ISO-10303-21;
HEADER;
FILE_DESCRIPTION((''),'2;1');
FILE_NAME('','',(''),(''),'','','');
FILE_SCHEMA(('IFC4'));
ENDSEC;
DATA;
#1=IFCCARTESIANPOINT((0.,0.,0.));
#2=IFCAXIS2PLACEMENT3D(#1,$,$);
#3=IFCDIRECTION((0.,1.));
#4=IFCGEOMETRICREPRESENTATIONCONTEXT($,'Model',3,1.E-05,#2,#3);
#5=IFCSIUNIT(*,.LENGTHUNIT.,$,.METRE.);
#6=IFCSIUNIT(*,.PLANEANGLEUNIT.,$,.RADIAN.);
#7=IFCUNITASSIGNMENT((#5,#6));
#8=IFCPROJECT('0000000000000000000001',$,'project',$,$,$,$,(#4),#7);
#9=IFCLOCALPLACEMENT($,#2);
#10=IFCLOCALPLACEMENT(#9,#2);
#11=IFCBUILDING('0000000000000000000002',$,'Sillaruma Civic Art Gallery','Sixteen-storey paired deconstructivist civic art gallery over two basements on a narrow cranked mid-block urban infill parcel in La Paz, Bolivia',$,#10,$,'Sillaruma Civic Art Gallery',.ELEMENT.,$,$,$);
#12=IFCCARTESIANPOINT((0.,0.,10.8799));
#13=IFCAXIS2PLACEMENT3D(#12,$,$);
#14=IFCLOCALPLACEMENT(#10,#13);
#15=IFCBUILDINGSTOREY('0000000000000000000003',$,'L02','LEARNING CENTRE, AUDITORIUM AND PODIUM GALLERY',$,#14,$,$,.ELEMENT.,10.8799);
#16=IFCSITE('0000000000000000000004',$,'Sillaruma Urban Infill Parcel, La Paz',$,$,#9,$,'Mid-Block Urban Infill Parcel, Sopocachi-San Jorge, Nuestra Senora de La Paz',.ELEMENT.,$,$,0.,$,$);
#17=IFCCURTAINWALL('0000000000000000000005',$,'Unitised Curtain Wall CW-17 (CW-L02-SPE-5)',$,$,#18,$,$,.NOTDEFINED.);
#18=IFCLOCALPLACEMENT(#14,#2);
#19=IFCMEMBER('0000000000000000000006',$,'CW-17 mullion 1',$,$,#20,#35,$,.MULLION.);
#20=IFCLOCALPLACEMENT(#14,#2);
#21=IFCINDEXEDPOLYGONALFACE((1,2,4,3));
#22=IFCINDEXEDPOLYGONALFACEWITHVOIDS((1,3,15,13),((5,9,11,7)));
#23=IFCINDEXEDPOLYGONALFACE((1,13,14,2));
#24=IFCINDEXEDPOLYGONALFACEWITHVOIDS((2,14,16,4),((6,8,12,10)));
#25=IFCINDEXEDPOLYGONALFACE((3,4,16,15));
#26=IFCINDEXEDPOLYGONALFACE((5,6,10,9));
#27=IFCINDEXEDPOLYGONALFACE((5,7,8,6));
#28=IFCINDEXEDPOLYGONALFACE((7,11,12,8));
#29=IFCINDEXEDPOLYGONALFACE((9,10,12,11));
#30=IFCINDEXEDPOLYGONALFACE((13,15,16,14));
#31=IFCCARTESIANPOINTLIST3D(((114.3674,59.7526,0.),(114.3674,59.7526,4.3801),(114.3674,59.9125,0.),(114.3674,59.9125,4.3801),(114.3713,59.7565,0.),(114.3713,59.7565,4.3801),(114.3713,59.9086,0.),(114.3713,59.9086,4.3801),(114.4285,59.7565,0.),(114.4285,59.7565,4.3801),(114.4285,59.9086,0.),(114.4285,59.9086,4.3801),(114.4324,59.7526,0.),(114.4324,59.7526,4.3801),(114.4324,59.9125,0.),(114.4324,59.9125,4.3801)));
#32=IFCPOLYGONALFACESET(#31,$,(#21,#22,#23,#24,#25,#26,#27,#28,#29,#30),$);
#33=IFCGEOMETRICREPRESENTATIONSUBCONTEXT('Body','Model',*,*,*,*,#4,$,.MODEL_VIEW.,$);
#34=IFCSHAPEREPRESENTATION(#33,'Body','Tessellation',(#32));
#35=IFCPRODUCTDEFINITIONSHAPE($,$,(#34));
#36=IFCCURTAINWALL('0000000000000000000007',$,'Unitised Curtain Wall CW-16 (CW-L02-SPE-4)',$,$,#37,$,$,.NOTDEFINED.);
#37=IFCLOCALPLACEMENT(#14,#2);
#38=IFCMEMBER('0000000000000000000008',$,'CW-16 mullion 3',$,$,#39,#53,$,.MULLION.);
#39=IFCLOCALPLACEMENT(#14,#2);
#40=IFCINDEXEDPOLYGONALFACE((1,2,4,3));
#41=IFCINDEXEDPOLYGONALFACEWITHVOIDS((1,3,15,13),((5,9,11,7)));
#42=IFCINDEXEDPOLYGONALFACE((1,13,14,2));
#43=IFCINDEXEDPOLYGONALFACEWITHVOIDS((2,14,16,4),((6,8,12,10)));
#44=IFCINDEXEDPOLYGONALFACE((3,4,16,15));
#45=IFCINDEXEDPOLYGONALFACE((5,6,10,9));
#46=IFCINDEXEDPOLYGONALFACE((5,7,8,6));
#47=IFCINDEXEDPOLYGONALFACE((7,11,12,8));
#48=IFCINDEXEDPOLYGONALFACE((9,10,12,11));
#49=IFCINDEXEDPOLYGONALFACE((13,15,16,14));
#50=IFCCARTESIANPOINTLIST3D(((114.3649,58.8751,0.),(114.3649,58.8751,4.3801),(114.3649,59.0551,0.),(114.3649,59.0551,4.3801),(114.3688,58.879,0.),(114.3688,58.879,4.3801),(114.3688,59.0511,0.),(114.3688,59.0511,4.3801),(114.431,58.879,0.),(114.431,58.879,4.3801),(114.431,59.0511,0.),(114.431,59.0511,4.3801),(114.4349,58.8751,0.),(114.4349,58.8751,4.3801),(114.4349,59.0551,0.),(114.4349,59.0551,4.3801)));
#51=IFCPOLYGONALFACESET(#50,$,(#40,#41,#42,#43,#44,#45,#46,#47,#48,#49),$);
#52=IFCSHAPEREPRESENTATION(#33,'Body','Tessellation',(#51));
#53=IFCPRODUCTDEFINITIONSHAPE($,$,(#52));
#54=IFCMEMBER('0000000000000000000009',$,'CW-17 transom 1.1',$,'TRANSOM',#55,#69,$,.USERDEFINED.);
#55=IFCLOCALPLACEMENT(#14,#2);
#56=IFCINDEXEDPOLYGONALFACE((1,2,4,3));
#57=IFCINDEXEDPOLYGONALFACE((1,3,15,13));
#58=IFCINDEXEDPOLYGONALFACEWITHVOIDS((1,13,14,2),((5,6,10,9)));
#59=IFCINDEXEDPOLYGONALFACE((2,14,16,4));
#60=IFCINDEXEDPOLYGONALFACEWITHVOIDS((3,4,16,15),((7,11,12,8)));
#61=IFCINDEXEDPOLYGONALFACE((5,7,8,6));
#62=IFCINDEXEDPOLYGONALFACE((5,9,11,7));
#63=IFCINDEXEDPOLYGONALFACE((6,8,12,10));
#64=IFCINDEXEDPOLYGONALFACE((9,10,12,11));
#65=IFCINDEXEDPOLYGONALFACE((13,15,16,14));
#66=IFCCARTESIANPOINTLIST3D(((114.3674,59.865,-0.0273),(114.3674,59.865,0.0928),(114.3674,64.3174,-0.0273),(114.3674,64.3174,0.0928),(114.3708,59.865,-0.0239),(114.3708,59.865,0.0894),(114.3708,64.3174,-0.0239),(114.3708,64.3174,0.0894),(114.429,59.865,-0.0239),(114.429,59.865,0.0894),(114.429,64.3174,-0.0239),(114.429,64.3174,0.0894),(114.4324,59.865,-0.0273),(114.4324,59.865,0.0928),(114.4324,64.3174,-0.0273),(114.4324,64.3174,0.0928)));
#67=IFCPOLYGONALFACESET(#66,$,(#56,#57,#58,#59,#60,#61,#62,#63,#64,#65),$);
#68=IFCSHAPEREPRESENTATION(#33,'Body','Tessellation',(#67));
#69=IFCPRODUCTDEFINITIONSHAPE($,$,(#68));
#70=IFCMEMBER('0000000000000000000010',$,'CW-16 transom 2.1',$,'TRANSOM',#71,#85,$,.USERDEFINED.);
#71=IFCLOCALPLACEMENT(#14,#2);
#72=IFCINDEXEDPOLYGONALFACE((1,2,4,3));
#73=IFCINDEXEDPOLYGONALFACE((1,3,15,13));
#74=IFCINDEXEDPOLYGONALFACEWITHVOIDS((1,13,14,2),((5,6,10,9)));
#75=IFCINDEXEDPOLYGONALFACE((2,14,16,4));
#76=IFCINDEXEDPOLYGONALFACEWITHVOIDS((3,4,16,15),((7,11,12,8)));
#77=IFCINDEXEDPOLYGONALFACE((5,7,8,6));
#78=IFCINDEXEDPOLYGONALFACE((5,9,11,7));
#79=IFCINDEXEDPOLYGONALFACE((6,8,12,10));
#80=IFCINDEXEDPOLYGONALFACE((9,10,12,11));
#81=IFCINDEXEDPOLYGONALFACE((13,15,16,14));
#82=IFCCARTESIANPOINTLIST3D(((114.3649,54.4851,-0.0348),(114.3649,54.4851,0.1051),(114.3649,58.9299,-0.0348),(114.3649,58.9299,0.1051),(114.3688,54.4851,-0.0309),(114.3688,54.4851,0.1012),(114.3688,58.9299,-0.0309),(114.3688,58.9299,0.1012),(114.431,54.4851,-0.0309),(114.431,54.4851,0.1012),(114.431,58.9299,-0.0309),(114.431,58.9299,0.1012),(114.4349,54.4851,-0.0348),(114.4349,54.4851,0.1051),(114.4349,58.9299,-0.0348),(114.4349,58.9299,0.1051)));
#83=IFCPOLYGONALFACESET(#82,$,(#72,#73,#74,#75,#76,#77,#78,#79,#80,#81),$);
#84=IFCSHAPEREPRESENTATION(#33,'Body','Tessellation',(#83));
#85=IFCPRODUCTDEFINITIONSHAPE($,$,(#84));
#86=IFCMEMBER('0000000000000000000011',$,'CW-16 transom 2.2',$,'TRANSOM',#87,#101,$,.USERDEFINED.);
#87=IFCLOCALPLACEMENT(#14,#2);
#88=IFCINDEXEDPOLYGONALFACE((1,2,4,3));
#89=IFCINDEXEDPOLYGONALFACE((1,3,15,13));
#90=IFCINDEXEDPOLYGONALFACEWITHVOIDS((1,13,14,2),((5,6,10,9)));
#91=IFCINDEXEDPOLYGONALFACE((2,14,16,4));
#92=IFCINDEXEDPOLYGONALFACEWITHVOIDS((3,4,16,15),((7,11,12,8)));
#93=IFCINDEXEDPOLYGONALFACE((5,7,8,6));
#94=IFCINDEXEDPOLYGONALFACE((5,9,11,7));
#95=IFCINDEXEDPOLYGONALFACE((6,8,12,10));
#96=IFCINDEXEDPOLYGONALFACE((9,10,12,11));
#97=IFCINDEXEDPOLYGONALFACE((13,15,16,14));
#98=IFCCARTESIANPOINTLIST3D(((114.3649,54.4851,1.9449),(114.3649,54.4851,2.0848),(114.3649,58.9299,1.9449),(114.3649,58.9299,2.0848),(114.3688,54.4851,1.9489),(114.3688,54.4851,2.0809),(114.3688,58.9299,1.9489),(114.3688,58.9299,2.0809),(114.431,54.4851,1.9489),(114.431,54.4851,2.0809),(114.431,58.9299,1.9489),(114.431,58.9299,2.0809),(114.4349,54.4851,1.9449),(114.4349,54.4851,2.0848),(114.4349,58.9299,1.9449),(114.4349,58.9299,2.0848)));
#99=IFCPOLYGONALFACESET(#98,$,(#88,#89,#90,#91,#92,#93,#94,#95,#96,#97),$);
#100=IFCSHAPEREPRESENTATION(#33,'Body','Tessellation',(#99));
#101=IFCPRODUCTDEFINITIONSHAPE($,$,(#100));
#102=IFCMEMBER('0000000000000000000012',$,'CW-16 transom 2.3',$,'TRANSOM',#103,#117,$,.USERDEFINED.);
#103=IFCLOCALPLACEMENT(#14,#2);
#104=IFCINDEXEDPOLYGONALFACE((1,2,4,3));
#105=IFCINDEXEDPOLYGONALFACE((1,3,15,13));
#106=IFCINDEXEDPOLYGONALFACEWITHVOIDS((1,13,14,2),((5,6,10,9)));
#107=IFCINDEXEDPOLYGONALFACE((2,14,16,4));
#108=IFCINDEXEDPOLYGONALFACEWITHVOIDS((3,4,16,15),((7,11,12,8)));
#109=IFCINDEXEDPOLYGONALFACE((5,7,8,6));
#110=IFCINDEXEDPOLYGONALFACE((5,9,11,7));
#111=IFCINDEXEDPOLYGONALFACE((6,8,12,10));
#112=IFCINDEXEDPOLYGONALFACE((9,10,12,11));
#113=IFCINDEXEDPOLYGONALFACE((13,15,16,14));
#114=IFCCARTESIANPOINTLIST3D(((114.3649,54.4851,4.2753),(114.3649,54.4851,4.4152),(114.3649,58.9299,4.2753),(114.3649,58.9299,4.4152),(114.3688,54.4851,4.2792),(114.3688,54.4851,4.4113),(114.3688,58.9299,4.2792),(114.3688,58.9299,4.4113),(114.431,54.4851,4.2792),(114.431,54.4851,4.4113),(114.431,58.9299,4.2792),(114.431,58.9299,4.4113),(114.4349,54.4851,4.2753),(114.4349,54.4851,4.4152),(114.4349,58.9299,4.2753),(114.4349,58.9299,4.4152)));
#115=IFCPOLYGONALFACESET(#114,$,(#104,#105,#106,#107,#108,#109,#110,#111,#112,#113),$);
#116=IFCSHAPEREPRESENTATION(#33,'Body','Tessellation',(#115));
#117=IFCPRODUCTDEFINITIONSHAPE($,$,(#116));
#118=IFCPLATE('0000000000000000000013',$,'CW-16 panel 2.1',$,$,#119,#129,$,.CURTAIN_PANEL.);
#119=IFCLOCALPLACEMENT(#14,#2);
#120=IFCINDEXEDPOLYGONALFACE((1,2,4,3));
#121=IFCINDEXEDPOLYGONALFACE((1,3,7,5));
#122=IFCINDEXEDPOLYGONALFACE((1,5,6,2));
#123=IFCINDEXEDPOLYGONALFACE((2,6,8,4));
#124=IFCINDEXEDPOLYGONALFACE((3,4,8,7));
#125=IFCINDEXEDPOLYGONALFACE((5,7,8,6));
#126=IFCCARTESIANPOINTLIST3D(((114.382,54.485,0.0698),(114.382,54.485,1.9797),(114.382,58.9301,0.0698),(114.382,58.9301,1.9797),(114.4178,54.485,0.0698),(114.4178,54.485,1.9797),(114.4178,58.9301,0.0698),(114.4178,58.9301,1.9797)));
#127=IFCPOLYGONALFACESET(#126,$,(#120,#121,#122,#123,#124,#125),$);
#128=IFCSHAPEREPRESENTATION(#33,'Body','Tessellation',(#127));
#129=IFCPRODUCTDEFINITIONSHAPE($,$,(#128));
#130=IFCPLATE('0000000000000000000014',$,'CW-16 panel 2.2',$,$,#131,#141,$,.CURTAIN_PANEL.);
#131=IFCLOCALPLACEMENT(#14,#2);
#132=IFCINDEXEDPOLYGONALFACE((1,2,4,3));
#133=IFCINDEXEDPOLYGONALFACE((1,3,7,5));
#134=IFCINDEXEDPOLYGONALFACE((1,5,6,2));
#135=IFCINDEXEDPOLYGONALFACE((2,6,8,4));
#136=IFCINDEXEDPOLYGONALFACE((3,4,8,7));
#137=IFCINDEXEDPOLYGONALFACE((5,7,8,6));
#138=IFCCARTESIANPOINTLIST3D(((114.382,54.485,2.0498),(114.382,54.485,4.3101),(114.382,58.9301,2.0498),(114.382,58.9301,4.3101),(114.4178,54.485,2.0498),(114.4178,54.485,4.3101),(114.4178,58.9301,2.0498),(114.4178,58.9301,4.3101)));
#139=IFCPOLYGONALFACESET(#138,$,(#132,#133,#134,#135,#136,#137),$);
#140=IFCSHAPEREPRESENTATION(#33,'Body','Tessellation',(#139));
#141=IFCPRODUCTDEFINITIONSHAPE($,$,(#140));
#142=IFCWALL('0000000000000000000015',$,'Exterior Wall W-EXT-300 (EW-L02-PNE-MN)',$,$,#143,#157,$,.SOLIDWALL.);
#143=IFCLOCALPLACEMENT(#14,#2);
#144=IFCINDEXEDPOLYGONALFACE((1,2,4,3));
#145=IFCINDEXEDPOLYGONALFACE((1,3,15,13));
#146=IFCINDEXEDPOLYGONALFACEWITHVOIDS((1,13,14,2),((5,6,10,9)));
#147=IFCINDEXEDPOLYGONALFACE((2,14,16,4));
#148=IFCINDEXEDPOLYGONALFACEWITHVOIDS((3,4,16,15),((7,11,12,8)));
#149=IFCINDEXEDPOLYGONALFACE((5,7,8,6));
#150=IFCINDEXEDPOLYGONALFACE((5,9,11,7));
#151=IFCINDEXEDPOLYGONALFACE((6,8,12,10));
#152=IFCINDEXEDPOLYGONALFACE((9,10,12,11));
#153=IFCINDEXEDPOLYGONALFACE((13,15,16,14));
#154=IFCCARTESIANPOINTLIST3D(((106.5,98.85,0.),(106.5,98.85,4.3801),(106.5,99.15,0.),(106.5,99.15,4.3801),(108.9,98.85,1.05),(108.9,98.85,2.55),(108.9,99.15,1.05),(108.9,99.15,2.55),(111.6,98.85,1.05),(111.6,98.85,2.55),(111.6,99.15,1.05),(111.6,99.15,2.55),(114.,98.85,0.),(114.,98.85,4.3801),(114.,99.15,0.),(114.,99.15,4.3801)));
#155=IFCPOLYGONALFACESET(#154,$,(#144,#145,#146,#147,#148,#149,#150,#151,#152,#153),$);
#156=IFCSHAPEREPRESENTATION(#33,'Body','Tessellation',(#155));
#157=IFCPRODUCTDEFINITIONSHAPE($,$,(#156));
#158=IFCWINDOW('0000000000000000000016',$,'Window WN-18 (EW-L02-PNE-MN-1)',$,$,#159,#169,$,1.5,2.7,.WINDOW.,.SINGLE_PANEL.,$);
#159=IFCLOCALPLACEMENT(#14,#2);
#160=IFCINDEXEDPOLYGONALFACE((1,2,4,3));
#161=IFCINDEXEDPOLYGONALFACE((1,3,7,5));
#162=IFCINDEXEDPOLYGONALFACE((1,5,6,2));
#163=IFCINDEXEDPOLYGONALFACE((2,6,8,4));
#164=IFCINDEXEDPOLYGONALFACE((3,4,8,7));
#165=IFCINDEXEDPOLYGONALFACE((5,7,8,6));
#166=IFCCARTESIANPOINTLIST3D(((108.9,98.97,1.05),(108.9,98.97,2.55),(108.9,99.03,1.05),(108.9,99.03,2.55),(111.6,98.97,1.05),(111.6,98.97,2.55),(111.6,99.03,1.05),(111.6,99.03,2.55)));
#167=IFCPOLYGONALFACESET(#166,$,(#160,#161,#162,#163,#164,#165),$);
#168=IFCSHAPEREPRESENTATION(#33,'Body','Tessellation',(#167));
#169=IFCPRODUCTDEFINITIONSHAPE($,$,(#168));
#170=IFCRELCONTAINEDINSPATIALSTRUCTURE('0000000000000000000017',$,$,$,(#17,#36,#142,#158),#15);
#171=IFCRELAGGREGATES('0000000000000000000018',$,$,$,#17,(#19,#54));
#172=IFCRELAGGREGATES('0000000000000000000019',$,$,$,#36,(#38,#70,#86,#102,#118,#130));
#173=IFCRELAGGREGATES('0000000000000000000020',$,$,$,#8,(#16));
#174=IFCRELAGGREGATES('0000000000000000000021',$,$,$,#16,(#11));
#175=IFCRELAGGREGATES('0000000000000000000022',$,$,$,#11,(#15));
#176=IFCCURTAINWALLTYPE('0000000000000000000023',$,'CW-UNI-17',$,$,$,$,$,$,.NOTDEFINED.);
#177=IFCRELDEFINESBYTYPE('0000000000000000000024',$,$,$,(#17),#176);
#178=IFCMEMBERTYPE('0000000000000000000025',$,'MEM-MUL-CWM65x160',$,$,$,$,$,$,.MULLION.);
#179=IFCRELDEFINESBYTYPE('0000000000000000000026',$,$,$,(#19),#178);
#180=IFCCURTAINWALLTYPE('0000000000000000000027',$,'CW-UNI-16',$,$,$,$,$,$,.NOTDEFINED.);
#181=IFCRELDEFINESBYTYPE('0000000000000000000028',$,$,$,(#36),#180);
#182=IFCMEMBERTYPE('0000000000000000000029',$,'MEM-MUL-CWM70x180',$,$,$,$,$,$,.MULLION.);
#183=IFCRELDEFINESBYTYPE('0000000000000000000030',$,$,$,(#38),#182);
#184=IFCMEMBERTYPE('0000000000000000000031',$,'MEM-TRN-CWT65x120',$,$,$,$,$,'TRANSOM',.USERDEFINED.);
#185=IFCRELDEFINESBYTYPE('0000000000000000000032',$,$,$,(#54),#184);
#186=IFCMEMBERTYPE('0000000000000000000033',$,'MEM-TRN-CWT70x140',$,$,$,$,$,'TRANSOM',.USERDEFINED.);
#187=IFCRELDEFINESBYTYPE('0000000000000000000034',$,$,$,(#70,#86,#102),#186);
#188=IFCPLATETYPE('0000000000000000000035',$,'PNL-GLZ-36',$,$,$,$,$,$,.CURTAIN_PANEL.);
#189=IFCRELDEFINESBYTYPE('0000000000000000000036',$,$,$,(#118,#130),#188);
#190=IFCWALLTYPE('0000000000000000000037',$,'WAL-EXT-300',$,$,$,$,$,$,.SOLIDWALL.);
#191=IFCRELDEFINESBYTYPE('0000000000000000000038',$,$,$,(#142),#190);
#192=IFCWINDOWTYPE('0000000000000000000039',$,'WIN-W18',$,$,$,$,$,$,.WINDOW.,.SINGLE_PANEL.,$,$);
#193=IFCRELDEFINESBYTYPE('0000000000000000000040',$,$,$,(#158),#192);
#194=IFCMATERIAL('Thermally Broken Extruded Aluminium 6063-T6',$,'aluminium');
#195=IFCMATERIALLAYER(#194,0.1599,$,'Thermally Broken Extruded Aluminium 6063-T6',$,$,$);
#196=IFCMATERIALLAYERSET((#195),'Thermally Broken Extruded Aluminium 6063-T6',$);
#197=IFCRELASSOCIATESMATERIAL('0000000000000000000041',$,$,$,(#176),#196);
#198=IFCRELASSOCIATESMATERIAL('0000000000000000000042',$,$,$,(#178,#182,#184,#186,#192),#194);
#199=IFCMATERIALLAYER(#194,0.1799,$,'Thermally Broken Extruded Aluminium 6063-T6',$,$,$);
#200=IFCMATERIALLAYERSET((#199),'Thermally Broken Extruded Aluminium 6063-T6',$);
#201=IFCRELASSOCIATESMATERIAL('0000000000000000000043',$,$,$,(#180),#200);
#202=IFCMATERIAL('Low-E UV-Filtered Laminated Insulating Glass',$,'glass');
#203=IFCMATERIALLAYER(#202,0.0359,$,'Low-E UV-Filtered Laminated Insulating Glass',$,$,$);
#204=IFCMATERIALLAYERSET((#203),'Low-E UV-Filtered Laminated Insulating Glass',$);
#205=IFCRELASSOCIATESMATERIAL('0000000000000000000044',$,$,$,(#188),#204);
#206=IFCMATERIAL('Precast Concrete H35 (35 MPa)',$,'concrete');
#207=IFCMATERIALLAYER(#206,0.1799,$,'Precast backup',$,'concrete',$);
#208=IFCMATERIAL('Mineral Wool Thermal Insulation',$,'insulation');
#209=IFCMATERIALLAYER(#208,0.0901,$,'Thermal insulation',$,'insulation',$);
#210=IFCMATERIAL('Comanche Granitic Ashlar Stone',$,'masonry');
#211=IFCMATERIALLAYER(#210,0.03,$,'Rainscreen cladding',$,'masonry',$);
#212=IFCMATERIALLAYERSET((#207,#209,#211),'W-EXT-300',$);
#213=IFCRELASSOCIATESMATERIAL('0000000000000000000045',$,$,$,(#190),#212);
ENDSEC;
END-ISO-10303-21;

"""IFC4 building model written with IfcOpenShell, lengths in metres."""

from ifc_helpers import new_model, si_unit, direction, frame, frame_2d, origin, origin_2d, place, context, subcontext, project, spatial, rectangle, hollow_rectangle, extrude, material, layer, layer_set, material_profile, profile_set, type_object, element, fill, aggregate, save


model = new_model("IFC4")

# Units and contexts
model_context = context("Model", 3, precision=1e-05, world=origin(), true_north=direction((0.0, 1.0)))
body_context = subcontext(model_context, "Body", "Model", "MODEL_VIEW")
ifc_project = project(units=[si_unit("LENGTHUNIT", "METRE"), si_unit("PLANEANGLEUNIT", "RADIAN")], contexts=[model_context])

# Site, building, storey
site_placement = place(None, origin())
site = spatial("IfcSite", under=ifc_project, at=site_placement, Name="Sillaruma Urban Infill Parcel, La Paz", LongName="Mid-Block Urban Infill Parcel, Sopocachi-San Jorge, Nuestra Senora de La Paz", CompositionType="ELEMENT", RefElevation=0.0)
building_placement = place(site_placement, origin())
building = spatial("IfcBuilding", under=site, at=building_placement, Name="Sillaruma Civic Art Gallery", Description="Sixteen-storey paired deconstructivist civic art gallery over two basements on a narrow cranked mid-block urban infill parcel in La Paz, Bolivia", LongName="Sillaruma Civic Art Gallery", CompositionType="ELEMENT")
storey_placement = place(building_placement, frame((0.0, 0.0, 10.8799)))
storey = spatial("IfcBuildingStorey", under=building, at=storey_placement, Name="L02", Description="LEARNING CENTRE, AUDITORIUM AND PODIUM GALLERY", CompositionType="ELEMENT", Elevation=10.8799)

# Curtain walls, members
ifc_material_1 = material(Name="Thermally Broken Extruded Aluminium 6063-T6", Category="aluminium")
ifc_layer_1 = layer(ifc_material_1, 0.1599, Name="Thermally Broken Extruded Aluminium 6063-T6")
ifc_layer_set_1 = layer_set([ifc_layer_1], Name="Thermally Broken Extruded Aluminium 6063-T6")
curtain_wall_type_1 = type_object("IfcCurtainWallType", Name="CW-UNI-17", PredefinedType="NOTDEFINED", material=ifc_layer_set_1)
curtain_wall_1_placement = place(storey_placement, origin())
curtain_wall_1 = element("IfcCurtainWall", 1, at=curtain_wall_1_placement, inside=storey, type_object=curtain_wall_type_1, Name="Unitised Curtain Wall CW-17 (CW-L02-SPE-5)", PredefinedType="NOTDEFINED")
ifc_material_profile_1 = material_profile(ifc_material_1, hollow_rectangle(XDim=0.0649, YDim=0.1599, WallThickness=0.0039, at=origin_2d()), Name="CWM65x160")
ifc_profile_set_1 = profile_set([ifc_material_profile_1], Name="Thermally Broken Extruded Aluminium 6063-T6")
member_type_1 = type_object("IfcMemberType", Name="MEM-MUL-CWM65x160", PredefinedType="MULLION", material=ifc_profile_set_1)
member_1_placement = place(storey_placement, frame((114.3999, 59.8325, 0.0), z_axis=(0.0, 0.0, 1.0), x_axis=(-1.0, 0.0, 0.0)))
member_1 = element("IfcMember", 2, at=member_1_placement, type_object=member_type_1, Name="CW-17 mullion 1", PredefinedType="MULLION", context=body_context, shape_type="SweptSolid", body=[
    extrude(hollow_rectangle(XDim=0.0649, YDim=0.1599, WallThickness=0.0039, at=origin_2d()), origin(), (0.0, 0.0, 1.0), 4.3801),
])
ifc_layer_2 = layer(ifc_material_1, 0.1799, Name="Thermally Broken Extruded Aluminium 6063-T6")
ifc_layer_set_2 = layer_set([ifc_layer_2], Name="Thermally Broken Extruded Aluminium 6063-T6")
curtain_wall_type_2 = type_object("IfcCurtainWallType", Name="CW-UNI-16", PredefinedType="NOTDEFINED", material=ifc_layer_set_2)
curtain_wall_2_placement = place(storey_placement, origin())
curtain_wall_2 = element("IfcCurtainWall", 3, at=curtain_wall_2_placement, inside=storey, type_object=curtain_wall_type_2, Name="Unitised Curtain Wall CW-16 (CW-L02-SPE-4)", PredefinedType="NOTDEFINED")
ifc_material_profile_2 = material_profile(ifc_material_1, hollow_rectangle(XDim=0.0701, YDim=0.1799, WallThickness=0.0039, at=origin_2d()), Name="CWM70x180")
ifc_profile_set_2 = profile_set([ifc_material_profile_2], Name="Thermally Broken Extruded Aluminium 6063-T6")
member_type_2 = type_object("IfcMemberType", Name="MEM-MUL-CWM70x180", PredefinedType="MULLION", material=ifc_profile_set_2)
member_2_placement = place(storey_placement, frame((114.3999, 58.9651, 0.0), z_axis=(0.0, 0.0, 1.0), x_axis=(-1.0, 0.0, 0.0)))
member_2 = element("IfcMember", 4, at=member_2_placement, type_object=member_type_2, Name="CW-16 mullion 3", PredefinedType="MULLION", context=body_context, shape_type="SweptSolid", body=[
    extrude(hollow_rectangle(XDim=0.0701, YDim=0.1799, WallThickness=0.0039, at=origin_2d()), origin(), (0.0, 0.0, 1.0), 4.3801),
])

# Members
ifc_material_profile_3 = material_profile(ifc_material_1, hollow_rectangle(XDim=0.0649, YDim=0.1201, WallThickness=0.0034, at=origin_2d()), Name="CWT65x120")
ifc_profile_set_3 = profile_set([ifc_material_profile_3], Name="Thermally Broken Extruded Aluminium 6063-T6")
member_type_3 = type_object("IfcMemberType", Name="MEM-TRN-CWT65x120", ElementType="TRANSOM", PredefinedType="USERDEFINED", material=ifc_profile_set_3)
member_3_placement = place(storey_placement, frame((114.3999, 59.865, 0.0327), z_axis=(0.0, 1.0, 0.0), x_axis=(-1.0, 0.0, 0.0)))
member_3 = element("IfcMember", 5, at=member_3_placement, type_object=member_type_3, Name="CW-17 transom 1.1", ObjectType="TRANSOM", PredefinedType="USERDEFINED", context=body_context, shape_type="SweptSolid", body=[
    extrude(hollow_rectangle(XDim=0.0649, YDim=0.1201, WallThickness=0.0034, at=origin_2d()), origin(), (0.0, 0.0, 1.0), 4.4524),
])
aggregate(curtain_wall_1, [member_1, member_3])
ifc_material_profile_4 = material_profile(ifc_material_1, hollow_rectangle(XDim=0.0701, YDim=0.1399, WallThickness=0.0039, at=origin_2d()), Name="CWT70x140")
ifc_profile_set_4 = profile_set([ifc_material_profile_4], Name="Thermally Broken Extruded Aluminium 6063-T6")
member_type_4 = type_object("IfcMemberType", Name="MEM-TRN-CWT70x140", ElementType="TRANSOM", PredefinedType="USERDEFINED", material=ifc_profile_set_4)
member_4_placement = place(storey_placement, frame((114.3999, 54.4851, 0.0352), z_axis=(0.0, 1.0, 0.0), x_axis=(-1.0, 0.0, 0.0)))
member_4 = element("IfcMember", 6, at=member_4_placement, type_object=member_type_4, Name="CW-16 transom 2.1", ObjectType="TRANSOM", PredefinedType="USERDEFINED", context=body_context, shape_type="SweptSolid", body=[
    extrude(hollow_rectangle(XDim=0.0701, YDim=0.1399, WallThickness=0.0039, at=origin_2d()), origin(), (0.0, 0.0, 1.0), 4.4448),
])
member_5_placement = place(storey_placement, frame((114.3999, 54.4851, 2.0149), z_axis=(0.0, 1.0, 0.0), x_axis=(-1.0, 0.0, 0.0)))
member_5 = element("IfcMember", 7, at=member_5_placement, type_object=member_type_4, Name="CW-16 transom 2.2", ObjectType="TRANSOM", PredefinedType="USERDEFINED", context=body_context, shape_type="SweptSolid", body=[
    extrude(hollow_rectangle(XDim=0.0701, YDim=0.1399, WallThickness=0.0039, at=origin_2d()), origin(), (0.0, 0.0, 1.0), 4.4448),
])
member_6_placement = place(storey_placement, frame((114.3999, 54.4851, 4.3452), z_axis=(0.0, 1.0, 0.0), x_axis=(-1.0, 0.0, 0.0)))
member_6 = element("IfcMember", 8, at=member_6_placement, type_object=member_type_4, Name="CW-16 transom 2.3", ObjectType="TRANSOM", PredefinedType="USERDEFINED", context=body_context, shape_type="SweptSolid", body=[
    extrude(hollow_rectangle(XDim=0.0701, YDim=0.1399, WallThickness=0.0039, at=origin_2d()), origin(), (0.0, 0.0, 1.0), 4.4448),
])

# Plates
ifc_material_2 = material(Name="Low-E UV-Filtered Laminated Insulating Glass", Category="glass")
ifc_layer_3 = layer(ifc_material_2, 0.0359, Name="Low-E UV-Filtered Laminated Insulating Glass")
ifc_layer_set_3 = layer_set([ifc_layer_3], Name="Low-E UV-Filtered Laminated Insulating Glass")
plate_type = type_object("IfcPlateType", Name="PNL-GLZ-36", PredefinedType="CURTAIN_PANEL", material=ifc_layer_set_3)
plate_1_placement = place(storey_placement, frame((114.3999, 56.7075, 0.0698), z_axis=(0.0, 0.0, 1.0), x_axis=(0.0, 1.0, 0.0)))
plate_1 = element("IfcPlate", 9, at=plate_1_placement, type_object=plate_type, Name="CW-16 panel 2.1", PredefinedType="CURTAIN_PANEL", context=body_context, shape_type="SweptSolid", body=[
    extrude(rectangle(XDim=4.4451, YDim=0.0359, at=origin_2d()), origin(), (0.0, 0.0, 1.0), 1.9099),
])
plate_2_placement = place(storey_placement, frame((114.3999, 56.7075, 2.0498), z_axis=(0.0, 0.0, 1.0), x_axis=(0.0, 1.0, 0.0)))
plate_2 = element("IfcPlate", 10, at=plate_2_placement, type_object=plate_type, Name="CW-16 panel 2.2", PredefinedType="CURTAIN_PANEL", context=body_context, shape_type="SweptSolid", body=[
    extrude(rectangle(XDim=4.4451, YDim=0.0359, at=origin_2d()), origin(), (0.0, 0.0, 1.0), 2.2603),
])
aggregate(curtain_wall_2, [member_2, member_4, member_5, member_6, plate_1, plate_2])

# Wall, opening, window
ifc_material_3 = material(Name="Precast Concrete H35 (35 MPa)", Category="concrete")
ifc_layer_4 = layer(ifc_material_3, 0.1799, Name="Precast backup", Category="concrete")
ifc_material_4 = material(Name="Mineral Wool Thermal Insulation", Category="insulation")
ifc_layer_5 = layer(ifc_material_4, 0.0901, Name="Thermal insulation", Category="insulation")
ifc_material_5 = material(Name="Comanche Granitic Ashlar Stone", Category="masonry")
ifc_layer_6 = layer(ifc_material_5, 0.03, Name="Rainscreen cladding", Category="masonry")
ifc_layer_set_4 = layer_set([ifc_layer_4, ifc_layer_5, ifc_layer_6], Name="W-EXT-300")
wall_type = type_object("IfcWallType", Name="WAL-EXT-300", PredefinedType="SOLIDWALL", material=ifc_layer_set_4)
wall_placement = place(storey_placement, frame((106.5, 99.0, 0.0), z_axis=(0.0, 0.0, 1.0), x_axis=(1.0, 0.0, 0.0)))
wall = element("IfcWall", 11, at=wall_placement, inside=storey, type_object=wall_type, Name="Exterior Wall W-EXT-300 (EW-L02-PNE-MN)", PredefinedType="SOLIDWALL", context=body_context, shape_type="SweptSolid", body=[
    extrude(rectangle(XDim=7.5, YDim=0.3, at=frame_2d((3.75, 0.0))), origin(), (0.0, 0.0, 1.0), 4.3801),
])
opening_placement = place(wall_placement, frame((2.3999, 0.0, 1.05)))
opening = element("IfcOpeningElement", 12, at=opening_placement, cuts=wall, PredefinedType="OPENING", context=body_context, shape_type="SweptSolid", body=[
    extrude(rectangle(XDim=2.7, YDim=1.5, at=frame_2d((1.3501, 0.75))), frame((0.0, 0.1599, 0.0), z_axis=(0.0, -1.0, 0.0), x_axis=(1.0, 0.0, 0.0)), (0.0, 0.0, 1.0), 0.3201),
])
window_type = type_object("IfcWindowType", Name="WIN-W18", PartitioningType="SINGLE_PANEL", PredefinedType="WINDOW", material=ifc_material_1)
window_placement = place(opening_placement, origin())
window = element("IfcWindow", 13, at=window_placement, inside=storey, type_object=window_type, Name="Window WN-18 (EW-L02-PNE-MN-1)", OverallHeight=1.5, OverallWidth=2.7, PartitioningType="SINGLE_PANEL", PredefinedType="WINDOW", context=body_context, shape_type="SweptSolid", body=[
    extrude(rectangle(XDim=2.7, YDim=1.5, at=frame_2d((1.3501, 0.75))), frame((0.0, 0.03, 0.0), z_axis=(0.0, -1.0, 0.0), x_axis=(1.0, 0.0, 0.0)), (0.0, 0.0, 1.0), 0.0601),
])
fill(opening, window)

save(model, "model.ifc")
